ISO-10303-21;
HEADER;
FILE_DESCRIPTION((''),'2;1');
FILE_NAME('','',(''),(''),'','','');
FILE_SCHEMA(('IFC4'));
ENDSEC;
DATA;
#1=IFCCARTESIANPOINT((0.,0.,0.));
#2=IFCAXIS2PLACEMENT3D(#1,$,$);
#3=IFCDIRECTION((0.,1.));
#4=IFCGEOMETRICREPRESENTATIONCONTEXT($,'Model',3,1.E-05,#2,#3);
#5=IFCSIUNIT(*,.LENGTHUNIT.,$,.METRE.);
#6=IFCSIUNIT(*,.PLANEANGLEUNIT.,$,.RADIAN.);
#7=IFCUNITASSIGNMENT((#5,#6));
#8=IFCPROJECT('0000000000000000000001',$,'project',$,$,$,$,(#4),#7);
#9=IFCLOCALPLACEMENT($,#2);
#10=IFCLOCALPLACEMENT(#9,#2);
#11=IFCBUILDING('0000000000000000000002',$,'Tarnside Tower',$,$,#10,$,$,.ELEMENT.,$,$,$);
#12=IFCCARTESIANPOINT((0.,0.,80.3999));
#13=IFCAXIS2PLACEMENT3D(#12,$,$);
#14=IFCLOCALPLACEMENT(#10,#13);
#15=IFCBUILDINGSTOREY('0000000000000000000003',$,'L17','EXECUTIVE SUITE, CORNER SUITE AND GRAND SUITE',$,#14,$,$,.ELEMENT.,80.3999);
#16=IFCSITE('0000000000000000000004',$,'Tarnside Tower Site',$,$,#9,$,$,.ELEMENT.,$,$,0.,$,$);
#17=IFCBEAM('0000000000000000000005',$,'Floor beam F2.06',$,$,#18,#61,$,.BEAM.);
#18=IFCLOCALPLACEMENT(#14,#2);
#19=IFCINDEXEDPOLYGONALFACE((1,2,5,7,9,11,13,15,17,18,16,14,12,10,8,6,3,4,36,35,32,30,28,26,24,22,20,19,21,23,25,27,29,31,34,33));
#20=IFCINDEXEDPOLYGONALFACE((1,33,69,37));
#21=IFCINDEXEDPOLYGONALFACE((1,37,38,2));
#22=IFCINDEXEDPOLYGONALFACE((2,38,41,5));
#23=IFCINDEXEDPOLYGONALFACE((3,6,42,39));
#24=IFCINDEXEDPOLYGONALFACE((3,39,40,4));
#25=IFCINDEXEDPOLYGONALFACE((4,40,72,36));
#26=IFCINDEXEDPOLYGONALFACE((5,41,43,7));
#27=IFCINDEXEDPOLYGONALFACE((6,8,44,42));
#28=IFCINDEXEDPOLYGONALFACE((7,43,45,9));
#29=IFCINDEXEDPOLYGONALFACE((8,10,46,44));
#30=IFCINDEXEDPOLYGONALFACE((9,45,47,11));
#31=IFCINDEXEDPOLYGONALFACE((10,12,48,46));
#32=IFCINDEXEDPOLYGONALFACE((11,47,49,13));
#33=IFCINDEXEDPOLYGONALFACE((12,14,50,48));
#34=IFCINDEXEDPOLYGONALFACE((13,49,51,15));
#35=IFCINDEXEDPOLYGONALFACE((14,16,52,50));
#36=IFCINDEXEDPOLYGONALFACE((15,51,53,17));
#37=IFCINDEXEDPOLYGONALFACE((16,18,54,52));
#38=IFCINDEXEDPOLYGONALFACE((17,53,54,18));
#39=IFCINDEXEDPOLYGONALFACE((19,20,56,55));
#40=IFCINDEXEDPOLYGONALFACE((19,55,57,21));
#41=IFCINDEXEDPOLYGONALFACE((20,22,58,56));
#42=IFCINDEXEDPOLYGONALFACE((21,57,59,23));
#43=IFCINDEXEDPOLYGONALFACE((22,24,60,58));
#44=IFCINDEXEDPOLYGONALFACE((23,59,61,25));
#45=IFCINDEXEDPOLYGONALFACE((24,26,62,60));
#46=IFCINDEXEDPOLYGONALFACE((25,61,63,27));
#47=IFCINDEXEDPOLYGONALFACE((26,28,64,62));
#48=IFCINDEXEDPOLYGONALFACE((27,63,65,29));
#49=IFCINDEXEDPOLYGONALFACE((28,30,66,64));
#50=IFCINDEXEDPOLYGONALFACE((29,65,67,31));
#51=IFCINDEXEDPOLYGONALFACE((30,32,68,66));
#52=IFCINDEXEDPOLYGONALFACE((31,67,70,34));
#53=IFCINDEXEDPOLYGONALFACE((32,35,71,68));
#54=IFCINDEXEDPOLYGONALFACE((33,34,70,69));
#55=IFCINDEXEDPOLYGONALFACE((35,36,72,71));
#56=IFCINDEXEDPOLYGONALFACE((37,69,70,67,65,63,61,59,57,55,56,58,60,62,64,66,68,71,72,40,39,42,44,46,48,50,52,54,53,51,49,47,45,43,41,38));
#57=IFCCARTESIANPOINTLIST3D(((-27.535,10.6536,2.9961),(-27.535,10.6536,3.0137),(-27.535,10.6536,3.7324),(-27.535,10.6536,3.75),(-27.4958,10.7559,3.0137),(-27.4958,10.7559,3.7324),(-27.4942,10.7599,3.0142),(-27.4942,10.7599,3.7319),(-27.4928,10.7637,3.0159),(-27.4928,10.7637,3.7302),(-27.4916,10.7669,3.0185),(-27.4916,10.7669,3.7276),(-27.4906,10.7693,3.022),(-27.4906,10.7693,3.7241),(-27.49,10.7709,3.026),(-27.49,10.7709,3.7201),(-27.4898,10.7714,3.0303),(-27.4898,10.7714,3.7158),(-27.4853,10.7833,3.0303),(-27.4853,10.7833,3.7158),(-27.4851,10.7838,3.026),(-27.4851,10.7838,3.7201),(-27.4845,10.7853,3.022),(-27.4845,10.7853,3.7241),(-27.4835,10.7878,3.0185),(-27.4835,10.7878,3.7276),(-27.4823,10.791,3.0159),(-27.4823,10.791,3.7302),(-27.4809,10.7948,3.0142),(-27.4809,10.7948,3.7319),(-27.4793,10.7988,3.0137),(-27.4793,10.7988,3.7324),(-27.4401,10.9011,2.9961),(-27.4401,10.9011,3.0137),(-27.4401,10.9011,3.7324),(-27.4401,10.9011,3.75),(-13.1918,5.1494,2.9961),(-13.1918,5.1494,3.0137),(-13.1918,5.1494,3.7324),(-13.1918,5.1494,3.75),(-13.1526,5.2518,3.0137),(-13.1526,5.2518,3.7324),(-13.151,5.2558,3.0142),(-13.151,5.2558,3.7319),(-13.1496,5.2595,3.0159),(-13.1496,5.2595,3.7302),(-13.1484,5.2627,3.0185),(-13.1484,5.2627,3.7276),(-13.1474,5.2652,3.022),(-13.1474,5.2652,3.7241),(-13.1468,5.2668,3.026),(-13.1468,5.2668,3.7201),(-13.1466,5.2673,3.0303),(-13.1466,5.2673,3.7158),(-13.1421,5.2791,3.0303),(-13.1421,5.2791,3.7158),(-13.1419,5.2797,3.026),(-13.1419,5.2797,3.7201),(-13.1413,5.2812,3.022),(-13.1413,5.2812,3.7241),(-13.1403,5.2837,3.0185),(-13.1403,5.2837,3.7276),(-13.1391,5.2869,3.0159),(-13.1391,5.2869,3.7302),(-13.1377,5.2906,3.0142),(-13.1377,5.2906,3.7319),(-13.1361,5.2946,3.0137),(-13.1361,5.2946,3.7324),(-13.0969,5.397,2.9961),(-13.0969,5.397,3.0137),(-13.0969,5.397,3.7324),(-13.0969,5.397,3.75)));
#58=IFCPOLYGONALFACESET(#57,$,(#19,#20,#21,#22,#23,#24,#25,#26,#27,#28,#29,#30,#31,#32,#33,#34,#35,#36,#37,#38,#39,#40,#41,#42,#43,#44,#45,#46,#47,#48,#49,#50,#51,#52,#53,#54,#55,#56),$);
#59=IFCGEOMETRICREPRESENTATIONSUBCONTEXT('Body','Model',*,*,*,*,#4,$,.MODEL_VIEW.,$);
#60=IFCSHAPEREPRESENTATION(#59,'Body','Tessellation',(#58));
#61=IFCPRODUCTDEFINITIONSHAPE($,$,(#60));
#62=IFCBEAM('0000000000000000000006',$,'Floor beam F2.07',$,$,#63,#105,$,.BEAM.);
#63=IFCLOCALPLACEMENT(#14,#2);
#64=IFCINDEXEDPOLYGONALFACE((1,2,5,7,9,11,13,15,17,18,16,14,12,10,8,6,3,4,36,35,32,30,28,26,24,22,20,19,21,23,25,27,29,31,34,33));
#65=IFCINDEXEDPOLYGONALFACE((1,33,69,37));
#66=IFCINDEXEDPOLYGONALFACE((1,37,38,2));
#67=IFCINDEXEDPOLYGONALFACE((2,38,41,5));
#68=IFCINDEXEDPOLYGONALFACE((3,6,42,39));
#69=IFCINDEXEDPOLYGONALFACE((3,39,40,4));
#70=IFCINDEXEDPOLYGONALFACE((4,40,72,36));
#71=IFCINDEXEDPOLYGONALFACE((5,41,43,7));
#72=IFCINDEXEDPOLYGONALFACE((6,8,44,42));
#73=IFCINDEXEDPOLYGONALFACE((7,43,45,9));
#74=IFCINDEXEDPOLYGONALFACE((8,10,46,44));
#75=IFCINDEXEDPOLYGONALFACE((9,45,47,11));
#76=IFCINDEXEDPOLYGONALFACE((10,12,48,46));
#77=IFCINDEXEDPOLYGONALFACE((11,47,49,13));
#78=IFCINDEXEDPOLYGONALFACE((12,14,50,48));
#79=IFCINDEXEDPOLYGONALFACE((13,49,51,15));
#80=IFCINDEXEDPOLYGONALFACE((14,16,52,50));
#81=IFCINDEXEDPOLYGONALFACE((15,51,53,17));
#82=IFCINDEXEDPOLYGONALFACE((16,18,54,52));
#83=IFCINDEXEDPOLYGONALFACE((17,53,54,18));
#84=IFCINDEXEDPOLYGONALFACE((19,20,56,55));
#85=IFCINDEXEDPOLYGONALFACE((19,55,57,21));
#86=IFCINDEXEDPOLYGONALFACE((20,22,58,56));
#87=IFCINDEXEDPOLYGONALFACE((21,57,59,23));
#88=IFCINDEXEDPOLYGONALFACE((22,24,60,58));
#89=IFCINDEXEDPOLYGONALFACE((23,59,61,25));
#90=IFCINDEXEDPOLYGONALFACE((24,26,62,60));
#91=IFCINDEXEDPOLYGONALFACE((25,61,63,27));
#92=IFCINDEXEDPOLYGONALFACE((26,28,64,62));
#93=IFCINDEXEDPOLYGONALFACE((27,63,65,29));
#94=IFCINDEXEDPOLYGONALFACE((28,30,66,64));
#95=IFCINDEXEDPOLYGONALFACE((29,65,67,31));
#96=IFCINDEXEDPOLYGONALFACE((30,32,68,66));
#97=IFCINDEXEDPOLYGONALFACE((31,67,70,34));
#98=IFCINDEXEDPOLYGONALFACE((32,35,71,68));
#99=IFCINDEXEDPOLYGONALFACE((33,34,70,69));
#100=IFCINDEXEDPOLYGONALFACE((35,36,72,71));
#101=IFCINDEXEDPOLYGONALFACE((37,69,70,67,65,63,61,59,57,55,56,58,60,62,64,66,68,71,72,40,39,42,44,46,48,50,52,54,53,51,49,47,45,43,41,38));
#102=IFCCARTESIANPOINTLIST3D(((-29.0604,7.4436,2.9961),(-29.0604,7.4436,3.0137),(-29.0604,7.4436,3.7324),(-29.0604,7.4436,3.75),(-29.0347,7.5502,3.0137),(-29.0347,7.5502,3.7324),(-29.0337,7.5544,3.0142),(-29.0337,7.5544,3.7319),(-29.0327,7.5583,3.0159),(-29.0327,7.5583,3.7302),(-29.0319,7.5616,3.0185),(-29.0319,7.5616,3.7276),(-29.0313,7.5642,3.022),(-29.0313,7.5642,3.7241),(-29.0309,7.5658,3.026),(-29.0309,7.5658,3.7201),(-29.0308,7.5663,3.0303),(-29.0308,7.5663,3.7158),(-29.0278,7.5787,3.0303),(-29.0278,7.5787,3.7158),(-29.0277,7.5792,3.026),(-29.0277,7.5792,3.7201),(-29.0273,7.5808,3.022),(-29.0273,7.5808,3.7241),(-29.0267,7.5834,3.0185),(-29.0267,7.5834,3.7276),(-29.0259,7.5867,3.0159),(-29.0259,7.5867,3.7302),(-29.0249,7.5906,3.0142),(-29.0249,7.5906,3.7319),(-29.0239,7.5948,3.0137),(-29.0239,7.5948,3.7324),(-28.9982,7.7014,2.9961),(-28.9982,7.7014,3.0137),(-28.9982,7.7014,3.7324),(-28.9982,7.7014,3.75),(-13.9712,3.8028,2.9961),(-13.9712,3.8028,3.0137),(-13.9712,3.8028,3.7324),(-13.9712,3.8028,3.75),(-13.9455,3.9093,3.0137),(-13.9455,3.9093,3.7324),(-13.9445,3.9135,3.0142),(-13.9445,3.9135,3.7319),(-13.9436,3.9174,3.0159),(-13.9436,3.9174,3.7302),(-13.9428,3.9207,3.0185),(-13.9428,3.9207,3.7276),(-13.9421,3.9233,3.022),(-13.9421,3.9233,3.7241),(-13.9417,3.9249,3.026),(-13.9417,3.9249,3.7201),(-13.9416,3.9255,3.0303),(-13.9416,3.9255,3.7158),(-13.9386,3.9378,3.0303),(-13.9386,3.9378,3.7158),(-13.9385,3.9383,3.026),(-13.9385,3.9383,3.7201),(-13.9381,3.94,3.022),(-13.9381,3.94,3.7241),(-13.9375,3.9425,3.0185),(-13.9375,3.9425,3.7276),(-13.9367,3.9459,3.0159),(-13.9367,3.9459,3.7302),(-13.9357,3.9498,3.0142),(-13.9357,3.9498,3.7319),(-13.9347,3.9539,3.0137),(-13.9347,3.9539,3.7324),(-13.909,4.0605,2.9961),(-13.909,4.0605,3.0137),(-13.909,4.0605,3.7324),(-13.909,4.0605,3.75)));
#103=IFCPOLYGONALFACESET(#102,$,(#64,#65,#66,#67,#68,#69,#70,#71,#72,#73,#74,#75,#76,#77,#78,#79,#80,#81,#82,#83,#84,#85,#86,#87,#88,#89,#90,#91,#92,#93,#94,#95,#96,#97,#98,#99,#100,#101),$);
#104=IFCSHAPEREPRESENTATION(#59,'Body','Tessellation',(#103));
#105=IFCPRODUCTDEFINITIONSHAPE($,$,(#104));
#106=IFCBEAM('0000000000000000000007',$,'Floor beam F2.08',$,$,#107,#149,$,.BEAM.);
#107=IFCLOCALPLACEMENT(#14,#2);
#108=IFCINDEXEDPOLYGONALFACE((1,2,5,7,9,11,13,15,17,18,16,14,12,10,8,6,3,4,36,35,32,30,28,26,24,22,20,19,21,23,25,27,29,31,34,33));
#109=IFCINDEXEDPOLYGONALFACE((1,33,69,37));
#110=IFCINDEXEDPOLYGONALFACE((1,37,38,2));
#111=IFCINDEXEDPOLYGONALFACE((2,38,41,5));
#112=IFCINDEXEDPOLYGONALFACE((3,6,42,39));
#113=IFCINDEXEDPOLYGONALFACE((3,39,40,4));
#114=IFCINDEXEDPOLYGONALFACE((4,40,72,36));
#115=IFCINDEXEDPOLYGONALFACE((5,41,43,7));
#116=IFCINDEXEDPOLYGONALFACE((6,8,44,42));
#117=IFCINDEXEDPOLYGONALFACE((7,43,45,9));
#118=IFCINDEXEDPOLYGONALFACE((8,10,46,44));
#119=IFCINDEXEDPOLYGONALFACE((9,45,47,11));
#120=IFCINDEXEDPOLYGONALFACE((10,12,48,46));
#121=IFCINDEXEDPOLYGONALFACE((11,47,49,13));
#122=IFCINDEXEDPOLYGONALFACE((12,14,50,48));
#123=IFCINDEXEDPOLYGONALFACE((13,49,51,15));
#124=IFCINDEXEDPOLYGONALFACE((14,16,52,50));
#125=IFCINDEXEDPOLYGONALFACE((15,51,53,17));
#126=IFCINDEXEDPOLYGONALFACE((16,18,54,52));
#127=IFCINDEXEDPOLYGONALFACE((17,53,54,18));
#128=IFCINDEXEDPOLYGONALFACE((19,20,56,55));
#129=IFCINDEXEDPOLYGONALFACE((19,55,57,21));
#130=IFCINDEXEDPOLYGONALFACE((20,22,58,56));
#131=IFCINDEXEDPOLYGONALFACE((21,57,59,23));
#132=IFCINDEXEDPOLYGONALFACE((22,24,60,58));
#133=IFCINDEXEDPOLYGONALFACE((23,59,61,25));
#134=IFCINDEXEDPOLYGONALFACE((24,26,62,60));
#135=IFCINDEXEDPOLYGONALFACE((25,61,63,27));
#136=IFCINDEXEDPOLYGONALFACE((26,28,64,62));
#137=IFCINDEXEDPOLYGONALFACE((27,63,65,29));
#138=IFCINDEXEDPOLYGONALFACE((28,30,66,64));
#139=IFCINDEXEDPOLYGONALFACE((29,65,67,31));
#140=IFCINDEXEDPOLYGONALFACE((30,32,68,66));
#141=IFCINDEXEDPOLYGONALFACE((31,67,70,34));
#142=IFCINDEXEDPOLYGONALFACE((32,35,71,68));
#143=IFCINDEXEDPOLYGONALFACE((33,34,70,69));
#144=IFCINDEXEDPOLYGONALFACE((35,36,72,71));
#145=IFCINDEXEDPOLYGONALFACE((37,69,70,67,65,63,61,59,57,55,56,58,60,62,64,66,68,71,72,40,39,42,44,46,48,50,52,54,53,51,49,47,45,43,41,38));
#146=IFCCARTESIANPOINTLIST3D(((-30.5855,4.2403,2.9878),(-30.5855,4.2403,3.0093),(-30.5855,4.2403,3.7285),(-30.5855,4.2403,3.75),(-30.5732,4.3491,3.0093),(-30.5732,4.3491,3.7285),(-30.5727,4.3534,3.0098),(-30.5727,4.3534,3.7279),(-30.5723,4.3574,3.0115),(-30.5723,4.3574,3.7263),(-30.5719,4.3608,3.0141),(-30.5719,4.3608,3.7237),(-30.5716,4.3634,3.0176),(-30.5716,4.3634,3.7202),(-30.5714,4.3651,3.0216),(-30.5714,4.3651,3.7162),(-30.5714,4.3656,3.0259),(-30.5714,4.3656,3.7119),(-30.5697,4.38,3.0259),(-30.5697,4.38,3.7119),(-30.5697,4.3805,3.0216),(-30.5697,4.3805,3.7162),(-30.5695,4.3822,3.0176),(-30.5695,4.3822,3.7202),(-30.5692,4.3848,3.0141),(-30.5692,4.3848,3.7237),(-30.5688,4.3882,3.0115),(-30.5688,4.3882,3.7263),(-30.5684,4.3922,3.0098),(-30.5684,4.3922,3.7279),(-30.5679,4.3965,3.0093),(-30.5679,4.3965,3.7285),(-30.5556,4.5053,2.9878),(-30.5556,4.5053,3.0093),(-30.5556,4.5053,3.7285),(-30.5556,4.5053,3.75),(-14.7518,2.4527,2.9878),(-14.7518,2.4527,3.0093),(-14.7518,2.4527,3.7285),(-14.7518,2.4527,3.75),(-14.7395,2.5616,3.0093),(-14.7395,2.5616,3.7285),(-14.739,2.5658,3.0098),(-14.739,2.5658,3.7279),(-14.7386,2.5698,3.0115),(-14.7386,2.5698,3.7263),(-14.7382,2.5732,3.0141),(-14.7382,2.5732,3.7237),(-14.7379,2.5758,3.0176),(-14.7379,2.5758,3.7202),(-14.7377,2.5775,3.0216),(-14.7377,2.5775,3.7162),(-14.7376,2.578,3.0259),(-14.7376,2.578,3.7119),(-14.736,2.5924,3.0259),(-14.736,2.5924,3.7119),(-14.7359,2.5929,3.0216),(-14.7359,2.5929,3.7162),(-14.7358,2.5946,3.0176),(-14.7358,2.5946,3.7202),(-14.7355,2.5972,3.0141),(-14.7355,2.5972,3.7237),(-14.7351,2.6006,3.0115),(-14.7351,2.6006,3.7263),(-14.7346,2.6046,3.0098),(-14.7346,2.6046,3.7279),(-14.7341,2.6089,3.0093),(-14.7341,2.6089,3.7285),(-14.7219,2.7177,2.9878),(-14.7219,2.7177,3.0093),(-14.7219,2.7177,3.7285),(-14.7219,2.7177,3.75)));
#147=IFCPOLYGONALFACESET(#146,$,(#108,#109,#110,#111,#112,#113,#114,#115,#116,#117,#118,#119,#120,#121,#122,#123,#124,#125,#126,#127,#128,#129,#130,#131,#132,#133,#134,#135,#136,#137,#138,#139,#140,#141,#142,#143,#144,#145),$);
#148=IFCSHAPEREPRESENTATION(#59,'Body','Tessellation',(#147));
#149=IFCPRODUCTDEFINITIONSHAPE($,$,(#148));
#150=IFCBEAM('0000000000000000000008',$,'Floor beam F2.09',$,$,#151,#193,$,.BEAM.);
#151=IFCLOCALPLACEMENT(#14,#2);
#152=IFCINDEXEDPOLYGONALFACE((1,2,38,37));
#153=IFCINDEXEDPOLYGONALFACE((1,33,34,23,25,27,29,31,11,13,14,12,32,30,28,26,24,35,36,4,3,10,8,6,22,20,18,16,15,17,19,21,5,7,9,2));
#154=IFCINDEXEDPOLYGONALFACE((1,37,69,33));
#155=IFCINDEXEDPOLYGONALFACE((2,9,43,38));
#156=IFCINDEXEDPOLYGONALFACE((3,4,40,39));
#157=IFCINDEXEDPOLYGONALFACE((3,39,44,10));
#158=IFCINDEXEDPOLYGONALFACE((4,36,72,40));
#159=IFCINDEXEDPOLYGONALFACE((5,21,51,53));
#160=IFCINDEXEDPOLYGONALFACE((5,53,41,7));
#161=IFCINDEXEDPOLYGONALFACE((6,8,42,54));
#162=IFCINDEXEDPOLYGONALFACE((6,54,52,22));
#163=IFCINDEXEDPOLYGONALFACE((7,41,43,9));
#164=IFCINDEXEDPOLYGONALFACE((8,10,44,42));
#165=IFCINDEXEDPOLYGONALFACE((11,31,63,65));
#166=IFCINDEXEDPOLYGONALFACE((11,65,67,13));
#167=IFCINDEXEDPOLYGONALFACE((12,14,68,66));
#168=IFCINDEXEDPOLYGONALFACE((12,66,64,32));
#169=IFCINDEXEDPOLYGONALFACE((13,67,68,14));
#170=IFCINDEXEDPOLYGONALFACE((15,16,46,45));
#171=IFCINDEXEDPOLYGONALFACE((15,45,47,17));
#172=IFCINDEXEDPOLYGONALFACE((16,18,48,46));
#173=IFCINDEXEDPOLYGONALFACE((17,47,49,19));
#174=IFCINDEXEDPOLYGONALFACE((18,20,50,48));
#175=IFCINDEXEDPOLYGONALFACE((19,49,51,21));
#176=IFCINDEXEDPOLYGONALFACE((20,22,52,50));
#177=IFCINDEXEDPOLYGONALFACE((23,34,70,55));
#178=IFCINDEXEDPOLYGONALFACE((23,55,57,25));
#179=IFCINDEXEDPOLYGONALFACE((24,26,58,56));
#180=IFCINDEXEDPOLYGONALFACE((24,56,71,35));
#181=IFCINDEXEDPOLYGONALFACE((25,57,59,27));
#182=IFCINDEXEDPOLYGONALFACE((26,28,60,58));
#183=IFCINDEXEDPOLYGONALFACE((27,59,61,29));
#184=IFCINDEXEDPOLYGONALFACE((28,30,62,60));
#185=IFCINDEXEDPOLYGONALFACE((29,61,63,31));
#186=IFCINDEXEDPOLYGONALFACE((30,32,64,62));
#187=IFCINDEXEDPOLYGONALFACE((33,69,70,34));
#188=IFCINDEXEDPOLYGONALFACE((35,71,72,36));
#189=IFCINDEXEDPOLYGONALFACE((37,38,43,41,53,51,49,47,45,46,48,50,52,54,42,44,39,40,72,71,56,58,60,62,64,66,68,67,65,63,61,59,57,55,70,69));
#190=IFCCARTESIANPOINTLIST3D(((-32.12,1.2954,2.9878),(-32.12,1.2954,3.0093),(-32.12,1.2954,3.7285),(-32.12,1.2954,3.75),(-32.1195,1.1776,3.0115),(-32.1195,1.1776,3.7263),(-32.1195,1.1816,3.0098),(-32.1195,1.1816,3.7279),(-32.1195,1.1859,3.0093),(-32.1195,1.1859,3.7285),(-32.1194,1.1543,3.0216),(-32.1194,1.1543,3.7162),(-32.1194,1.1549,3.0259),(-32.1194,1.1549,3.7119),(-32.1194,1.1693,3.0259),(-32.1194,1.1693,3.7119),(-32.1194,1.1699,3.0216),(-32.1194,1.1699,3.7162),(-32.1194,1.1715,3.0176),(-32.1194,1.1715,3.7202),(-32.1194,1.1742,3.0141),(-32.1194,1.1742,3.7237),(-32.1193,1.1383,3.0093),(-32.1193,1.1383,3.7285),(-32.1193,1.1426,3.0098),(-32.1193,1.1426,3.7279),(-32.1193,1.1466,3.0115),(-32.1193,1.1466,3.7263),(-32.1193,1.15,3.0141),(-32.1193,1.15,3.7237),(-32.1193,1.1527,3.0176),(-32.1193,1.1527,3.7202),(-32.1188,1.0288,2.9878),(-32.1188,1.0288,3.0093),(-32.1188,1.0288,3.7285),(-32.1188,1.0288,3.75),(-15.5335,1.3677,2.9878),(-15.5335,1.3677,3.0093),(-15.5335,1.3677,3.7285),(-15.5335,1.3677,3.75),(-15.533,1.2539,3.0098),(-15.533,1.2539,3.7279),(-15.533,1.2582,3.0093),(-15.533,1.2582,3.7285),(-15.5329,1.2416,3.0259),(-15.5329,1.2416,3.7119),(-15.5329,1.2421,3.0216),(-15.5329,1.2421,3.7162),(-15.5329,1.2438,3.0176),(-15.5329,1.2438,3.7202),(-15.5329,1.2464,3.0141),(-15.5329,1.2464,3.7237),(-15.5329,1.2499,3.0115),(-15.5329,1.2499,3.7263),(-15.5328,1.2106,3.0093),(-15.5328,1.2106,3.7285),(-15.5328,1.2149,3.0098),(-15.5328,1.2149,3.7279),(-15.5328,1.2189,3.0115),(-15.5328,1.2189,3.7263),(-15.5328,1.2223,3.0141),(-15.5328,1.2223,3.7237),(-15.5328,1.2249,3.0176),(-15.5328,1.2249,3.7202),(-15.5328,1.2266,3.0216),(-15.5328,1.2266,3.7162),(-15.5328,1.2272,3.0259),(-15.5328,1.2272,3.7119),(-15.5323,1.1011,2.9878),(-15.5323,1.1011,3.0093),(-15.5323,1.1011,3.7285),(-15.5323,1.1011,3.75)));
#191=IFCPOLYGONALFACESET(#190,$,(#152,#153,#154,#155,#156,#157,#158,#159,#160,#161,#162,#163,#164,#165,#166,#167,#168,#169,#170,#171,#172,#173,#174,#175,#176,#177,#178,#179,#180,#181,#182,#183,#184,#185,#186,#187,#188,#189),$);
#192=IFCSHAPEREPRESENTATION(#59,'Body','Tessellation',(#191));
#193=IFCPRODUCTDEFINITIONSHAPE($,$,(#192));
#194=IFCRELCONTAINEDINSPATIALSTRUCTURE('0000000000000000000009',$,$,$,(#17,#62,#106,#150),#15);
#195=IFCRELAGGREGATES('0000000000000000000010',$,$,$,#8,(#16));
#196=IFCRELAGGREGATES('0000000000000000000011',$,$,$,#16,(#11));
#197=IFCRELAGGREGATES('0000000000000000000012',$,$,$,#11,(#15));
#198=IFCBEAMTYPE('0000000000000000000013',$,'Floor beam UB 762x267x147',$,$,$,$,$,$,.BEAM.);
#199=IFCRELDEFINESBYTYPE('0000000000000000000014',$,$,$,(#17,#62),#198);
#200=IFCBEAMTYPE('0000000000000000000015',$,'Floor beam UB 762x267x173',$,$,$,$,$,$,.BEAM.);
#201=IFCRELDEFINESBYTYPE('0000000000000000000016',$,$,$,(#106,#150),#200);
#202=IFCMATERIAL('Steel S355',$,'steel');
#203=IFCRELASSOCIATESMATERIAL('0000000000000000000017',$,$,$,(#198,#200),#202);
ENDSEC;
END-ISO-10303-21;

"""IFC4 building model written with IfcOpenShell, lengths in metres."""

from ifc_helpers import new_model, si_unit, direction, frame, origin, origin_2d, place, context, subcontext, project, spatial, i_section, extrude, material, material_profile, profile_set, type_object, element, save


model = new_model("IFC4")

# Units and contexts
model_context = context("Model", 3, precision=1e-05, world=origin(), true_north=direction((0.0, 1.0)))
body_context = subcontext(model_context, "Body", "Model", "MODEL_VIEW")
ifc_project = project(units=[si_unit("LENGTHUNIT", "METRE"), si_unit("PLANEANGLEUNIT", "RADIAN")], contexts=[model_context])

# Site, building, storey
site_placement = place(None, origin())
site = spatial("IfcSite", under=ifc_project, at=site_placement, Name="Tarnside Tower Site", CompositionType="ELEMENT", RefElevation=0.0)
building_placement = place(site_placement, origin())
building = spatial("IfcBuilding", under=site, at=building_placement, Name="Tarnside Tower", CompositionType="ELEMENT")
storey_placement = place(building_placement, frame((0.0, 0.0, 80.3999)))
storey = spatial("IfcBuildingStorey", under=building, at=storey_placement, Name="L17", Description="EXECUTIVE SUITE, CORNER SUITE AND GRAND SUITE", CompositionType="ELEMENT", Elevation=80.3999)

# Beams
ifc_material_1 = material(Name="Steel S355", Category="steel")
ifc_material_profile_1 = material_profile(ifc_material_1, i_section(OverallWidth=0.2651, OverallDepth=0.7539, WebThickness=0.0127, FlangeThickness=0.0176, FilletRadius=0.0166, at=origin_2d()), Name="UB 762x267x147")
ifc_profile_set_1 = profile_set([ifc_material_profile_1], Name="Steel S355")
beam_type_1 = type_object("IfcBeamType", Name="Floor beam UB 762x267x147", PredefinedType="BEAM", material=ifc_profile_set_1)
beam_1_placement = place(storey_placement, frame((-27.4875, 10.7773, 3.373), z_axis=(0.933618, -0.358271, 0.0), x_axis=(0.358271, 0.933618, 0.0)))
element("IfcBeam", 1, at=beam_1_placement, inside=storey, type_object=beam_type_1, Name="Floor beam F2.06", PredefinedType="BEAM", context=body_context, shape_type="SweptSolid", body=[
    extrude(i_section(OverallWidth=0.2651, OverallDepth=0.7539, WebThickness=0.0127, FlangeThickness=0.0176, FilletRadius=0.0166, at=origin_2d()), origin(), (0.0, 0.0, 1.0), 15.363),
])
beam_2_placement = place(storey_placement, frame((-29.0293, 7.5725, 3.373), z_axis=(0.972102, -0.23456, 0.0), x_axis=(0.23456, 0.972102, 0.0)))
element("IfcBeam", 2, at=beam_2_placement, inside=storey, type_object=beam_type_1, Name="Floor beam F2.07", PredefinedType="BEAM", context=body_context, shape_type="SweptSolid", body=[
    extrude(i_section(OverallWidth=0.2651, OverallDepth=0.7539, WebThickness=0.0127, FlangeThickness=0.0176, FilletRadius=0.0166, at=origin_2d()), origin(), (0.0, 0.0, 1.0), 15.5222),
])
ifc_material_profile_2 = material_profile(ifc_material_1, i_section(OverallWidth=0.2666, OverallDepth=0.7622, WebThickness=0.0144, FlangeThickness=0.0215, FilletRadius=0.0166, at=origin_2d()), Name="UB 762x267x173")
ifc_profile_set_2 = profile_set([ifc_material_profile_2], Name="Steel S355")
beam_type_2 = type_object("IfcBeamType", Name="Floor beam UB 762x267x173", PredefinedType="BEAM", material=ifc_profile_set_2)
beam_3_placement = place(storey_placement, frame((-30.5706, 4.3728, 3.3689), z_axis=(0.993687, -0.112185, 0.0), x_axis=(0.112185, 0.993687, 0.0)))
element("IfcBeam", 3, at=beam_3_placement, inside=storey, type_object=beam_type_2, Name="Floor beam F2.08", PredefinedType="BEAM", context=body_context, shape_type="SweptSolid", body=[
    extrude(i_section(OverallWidth=0.2666, OverallDepth=0.7622, WebThickness=0.0144, FlangeThickness=0.0215, FilletRadius=0.0166, at=origin_2d()), origin(), (0.0, 0.0, 1.0), 15.9343),
])
beam_4_placement = place(storey_placement, frame((-32.1194, 1.1621, 3.3689), z_axis=(0.999991, 0.004357, 0.0), x_axis=(-0.004357, 0.999991, 0.0)))
element("IfcBeam", 4, at=beam_4_placement, inside=storey, type_object=beam_type_2, Name="Floor beam F2.09", PredefinedType="BEAM", context=body_context, shape_type="SweptSolid", body=[
    extrude(i_section(OverallWidth=0.2666, OverallDepth=0.7622, WebThickness=0.0144, FlangeThickness=0.0215, FilletRadius=0.0166, at=origin_2d()), origin(), (0.0, 0.0, 1.0), 16.5867),
])

save(model, "model.ifc")
